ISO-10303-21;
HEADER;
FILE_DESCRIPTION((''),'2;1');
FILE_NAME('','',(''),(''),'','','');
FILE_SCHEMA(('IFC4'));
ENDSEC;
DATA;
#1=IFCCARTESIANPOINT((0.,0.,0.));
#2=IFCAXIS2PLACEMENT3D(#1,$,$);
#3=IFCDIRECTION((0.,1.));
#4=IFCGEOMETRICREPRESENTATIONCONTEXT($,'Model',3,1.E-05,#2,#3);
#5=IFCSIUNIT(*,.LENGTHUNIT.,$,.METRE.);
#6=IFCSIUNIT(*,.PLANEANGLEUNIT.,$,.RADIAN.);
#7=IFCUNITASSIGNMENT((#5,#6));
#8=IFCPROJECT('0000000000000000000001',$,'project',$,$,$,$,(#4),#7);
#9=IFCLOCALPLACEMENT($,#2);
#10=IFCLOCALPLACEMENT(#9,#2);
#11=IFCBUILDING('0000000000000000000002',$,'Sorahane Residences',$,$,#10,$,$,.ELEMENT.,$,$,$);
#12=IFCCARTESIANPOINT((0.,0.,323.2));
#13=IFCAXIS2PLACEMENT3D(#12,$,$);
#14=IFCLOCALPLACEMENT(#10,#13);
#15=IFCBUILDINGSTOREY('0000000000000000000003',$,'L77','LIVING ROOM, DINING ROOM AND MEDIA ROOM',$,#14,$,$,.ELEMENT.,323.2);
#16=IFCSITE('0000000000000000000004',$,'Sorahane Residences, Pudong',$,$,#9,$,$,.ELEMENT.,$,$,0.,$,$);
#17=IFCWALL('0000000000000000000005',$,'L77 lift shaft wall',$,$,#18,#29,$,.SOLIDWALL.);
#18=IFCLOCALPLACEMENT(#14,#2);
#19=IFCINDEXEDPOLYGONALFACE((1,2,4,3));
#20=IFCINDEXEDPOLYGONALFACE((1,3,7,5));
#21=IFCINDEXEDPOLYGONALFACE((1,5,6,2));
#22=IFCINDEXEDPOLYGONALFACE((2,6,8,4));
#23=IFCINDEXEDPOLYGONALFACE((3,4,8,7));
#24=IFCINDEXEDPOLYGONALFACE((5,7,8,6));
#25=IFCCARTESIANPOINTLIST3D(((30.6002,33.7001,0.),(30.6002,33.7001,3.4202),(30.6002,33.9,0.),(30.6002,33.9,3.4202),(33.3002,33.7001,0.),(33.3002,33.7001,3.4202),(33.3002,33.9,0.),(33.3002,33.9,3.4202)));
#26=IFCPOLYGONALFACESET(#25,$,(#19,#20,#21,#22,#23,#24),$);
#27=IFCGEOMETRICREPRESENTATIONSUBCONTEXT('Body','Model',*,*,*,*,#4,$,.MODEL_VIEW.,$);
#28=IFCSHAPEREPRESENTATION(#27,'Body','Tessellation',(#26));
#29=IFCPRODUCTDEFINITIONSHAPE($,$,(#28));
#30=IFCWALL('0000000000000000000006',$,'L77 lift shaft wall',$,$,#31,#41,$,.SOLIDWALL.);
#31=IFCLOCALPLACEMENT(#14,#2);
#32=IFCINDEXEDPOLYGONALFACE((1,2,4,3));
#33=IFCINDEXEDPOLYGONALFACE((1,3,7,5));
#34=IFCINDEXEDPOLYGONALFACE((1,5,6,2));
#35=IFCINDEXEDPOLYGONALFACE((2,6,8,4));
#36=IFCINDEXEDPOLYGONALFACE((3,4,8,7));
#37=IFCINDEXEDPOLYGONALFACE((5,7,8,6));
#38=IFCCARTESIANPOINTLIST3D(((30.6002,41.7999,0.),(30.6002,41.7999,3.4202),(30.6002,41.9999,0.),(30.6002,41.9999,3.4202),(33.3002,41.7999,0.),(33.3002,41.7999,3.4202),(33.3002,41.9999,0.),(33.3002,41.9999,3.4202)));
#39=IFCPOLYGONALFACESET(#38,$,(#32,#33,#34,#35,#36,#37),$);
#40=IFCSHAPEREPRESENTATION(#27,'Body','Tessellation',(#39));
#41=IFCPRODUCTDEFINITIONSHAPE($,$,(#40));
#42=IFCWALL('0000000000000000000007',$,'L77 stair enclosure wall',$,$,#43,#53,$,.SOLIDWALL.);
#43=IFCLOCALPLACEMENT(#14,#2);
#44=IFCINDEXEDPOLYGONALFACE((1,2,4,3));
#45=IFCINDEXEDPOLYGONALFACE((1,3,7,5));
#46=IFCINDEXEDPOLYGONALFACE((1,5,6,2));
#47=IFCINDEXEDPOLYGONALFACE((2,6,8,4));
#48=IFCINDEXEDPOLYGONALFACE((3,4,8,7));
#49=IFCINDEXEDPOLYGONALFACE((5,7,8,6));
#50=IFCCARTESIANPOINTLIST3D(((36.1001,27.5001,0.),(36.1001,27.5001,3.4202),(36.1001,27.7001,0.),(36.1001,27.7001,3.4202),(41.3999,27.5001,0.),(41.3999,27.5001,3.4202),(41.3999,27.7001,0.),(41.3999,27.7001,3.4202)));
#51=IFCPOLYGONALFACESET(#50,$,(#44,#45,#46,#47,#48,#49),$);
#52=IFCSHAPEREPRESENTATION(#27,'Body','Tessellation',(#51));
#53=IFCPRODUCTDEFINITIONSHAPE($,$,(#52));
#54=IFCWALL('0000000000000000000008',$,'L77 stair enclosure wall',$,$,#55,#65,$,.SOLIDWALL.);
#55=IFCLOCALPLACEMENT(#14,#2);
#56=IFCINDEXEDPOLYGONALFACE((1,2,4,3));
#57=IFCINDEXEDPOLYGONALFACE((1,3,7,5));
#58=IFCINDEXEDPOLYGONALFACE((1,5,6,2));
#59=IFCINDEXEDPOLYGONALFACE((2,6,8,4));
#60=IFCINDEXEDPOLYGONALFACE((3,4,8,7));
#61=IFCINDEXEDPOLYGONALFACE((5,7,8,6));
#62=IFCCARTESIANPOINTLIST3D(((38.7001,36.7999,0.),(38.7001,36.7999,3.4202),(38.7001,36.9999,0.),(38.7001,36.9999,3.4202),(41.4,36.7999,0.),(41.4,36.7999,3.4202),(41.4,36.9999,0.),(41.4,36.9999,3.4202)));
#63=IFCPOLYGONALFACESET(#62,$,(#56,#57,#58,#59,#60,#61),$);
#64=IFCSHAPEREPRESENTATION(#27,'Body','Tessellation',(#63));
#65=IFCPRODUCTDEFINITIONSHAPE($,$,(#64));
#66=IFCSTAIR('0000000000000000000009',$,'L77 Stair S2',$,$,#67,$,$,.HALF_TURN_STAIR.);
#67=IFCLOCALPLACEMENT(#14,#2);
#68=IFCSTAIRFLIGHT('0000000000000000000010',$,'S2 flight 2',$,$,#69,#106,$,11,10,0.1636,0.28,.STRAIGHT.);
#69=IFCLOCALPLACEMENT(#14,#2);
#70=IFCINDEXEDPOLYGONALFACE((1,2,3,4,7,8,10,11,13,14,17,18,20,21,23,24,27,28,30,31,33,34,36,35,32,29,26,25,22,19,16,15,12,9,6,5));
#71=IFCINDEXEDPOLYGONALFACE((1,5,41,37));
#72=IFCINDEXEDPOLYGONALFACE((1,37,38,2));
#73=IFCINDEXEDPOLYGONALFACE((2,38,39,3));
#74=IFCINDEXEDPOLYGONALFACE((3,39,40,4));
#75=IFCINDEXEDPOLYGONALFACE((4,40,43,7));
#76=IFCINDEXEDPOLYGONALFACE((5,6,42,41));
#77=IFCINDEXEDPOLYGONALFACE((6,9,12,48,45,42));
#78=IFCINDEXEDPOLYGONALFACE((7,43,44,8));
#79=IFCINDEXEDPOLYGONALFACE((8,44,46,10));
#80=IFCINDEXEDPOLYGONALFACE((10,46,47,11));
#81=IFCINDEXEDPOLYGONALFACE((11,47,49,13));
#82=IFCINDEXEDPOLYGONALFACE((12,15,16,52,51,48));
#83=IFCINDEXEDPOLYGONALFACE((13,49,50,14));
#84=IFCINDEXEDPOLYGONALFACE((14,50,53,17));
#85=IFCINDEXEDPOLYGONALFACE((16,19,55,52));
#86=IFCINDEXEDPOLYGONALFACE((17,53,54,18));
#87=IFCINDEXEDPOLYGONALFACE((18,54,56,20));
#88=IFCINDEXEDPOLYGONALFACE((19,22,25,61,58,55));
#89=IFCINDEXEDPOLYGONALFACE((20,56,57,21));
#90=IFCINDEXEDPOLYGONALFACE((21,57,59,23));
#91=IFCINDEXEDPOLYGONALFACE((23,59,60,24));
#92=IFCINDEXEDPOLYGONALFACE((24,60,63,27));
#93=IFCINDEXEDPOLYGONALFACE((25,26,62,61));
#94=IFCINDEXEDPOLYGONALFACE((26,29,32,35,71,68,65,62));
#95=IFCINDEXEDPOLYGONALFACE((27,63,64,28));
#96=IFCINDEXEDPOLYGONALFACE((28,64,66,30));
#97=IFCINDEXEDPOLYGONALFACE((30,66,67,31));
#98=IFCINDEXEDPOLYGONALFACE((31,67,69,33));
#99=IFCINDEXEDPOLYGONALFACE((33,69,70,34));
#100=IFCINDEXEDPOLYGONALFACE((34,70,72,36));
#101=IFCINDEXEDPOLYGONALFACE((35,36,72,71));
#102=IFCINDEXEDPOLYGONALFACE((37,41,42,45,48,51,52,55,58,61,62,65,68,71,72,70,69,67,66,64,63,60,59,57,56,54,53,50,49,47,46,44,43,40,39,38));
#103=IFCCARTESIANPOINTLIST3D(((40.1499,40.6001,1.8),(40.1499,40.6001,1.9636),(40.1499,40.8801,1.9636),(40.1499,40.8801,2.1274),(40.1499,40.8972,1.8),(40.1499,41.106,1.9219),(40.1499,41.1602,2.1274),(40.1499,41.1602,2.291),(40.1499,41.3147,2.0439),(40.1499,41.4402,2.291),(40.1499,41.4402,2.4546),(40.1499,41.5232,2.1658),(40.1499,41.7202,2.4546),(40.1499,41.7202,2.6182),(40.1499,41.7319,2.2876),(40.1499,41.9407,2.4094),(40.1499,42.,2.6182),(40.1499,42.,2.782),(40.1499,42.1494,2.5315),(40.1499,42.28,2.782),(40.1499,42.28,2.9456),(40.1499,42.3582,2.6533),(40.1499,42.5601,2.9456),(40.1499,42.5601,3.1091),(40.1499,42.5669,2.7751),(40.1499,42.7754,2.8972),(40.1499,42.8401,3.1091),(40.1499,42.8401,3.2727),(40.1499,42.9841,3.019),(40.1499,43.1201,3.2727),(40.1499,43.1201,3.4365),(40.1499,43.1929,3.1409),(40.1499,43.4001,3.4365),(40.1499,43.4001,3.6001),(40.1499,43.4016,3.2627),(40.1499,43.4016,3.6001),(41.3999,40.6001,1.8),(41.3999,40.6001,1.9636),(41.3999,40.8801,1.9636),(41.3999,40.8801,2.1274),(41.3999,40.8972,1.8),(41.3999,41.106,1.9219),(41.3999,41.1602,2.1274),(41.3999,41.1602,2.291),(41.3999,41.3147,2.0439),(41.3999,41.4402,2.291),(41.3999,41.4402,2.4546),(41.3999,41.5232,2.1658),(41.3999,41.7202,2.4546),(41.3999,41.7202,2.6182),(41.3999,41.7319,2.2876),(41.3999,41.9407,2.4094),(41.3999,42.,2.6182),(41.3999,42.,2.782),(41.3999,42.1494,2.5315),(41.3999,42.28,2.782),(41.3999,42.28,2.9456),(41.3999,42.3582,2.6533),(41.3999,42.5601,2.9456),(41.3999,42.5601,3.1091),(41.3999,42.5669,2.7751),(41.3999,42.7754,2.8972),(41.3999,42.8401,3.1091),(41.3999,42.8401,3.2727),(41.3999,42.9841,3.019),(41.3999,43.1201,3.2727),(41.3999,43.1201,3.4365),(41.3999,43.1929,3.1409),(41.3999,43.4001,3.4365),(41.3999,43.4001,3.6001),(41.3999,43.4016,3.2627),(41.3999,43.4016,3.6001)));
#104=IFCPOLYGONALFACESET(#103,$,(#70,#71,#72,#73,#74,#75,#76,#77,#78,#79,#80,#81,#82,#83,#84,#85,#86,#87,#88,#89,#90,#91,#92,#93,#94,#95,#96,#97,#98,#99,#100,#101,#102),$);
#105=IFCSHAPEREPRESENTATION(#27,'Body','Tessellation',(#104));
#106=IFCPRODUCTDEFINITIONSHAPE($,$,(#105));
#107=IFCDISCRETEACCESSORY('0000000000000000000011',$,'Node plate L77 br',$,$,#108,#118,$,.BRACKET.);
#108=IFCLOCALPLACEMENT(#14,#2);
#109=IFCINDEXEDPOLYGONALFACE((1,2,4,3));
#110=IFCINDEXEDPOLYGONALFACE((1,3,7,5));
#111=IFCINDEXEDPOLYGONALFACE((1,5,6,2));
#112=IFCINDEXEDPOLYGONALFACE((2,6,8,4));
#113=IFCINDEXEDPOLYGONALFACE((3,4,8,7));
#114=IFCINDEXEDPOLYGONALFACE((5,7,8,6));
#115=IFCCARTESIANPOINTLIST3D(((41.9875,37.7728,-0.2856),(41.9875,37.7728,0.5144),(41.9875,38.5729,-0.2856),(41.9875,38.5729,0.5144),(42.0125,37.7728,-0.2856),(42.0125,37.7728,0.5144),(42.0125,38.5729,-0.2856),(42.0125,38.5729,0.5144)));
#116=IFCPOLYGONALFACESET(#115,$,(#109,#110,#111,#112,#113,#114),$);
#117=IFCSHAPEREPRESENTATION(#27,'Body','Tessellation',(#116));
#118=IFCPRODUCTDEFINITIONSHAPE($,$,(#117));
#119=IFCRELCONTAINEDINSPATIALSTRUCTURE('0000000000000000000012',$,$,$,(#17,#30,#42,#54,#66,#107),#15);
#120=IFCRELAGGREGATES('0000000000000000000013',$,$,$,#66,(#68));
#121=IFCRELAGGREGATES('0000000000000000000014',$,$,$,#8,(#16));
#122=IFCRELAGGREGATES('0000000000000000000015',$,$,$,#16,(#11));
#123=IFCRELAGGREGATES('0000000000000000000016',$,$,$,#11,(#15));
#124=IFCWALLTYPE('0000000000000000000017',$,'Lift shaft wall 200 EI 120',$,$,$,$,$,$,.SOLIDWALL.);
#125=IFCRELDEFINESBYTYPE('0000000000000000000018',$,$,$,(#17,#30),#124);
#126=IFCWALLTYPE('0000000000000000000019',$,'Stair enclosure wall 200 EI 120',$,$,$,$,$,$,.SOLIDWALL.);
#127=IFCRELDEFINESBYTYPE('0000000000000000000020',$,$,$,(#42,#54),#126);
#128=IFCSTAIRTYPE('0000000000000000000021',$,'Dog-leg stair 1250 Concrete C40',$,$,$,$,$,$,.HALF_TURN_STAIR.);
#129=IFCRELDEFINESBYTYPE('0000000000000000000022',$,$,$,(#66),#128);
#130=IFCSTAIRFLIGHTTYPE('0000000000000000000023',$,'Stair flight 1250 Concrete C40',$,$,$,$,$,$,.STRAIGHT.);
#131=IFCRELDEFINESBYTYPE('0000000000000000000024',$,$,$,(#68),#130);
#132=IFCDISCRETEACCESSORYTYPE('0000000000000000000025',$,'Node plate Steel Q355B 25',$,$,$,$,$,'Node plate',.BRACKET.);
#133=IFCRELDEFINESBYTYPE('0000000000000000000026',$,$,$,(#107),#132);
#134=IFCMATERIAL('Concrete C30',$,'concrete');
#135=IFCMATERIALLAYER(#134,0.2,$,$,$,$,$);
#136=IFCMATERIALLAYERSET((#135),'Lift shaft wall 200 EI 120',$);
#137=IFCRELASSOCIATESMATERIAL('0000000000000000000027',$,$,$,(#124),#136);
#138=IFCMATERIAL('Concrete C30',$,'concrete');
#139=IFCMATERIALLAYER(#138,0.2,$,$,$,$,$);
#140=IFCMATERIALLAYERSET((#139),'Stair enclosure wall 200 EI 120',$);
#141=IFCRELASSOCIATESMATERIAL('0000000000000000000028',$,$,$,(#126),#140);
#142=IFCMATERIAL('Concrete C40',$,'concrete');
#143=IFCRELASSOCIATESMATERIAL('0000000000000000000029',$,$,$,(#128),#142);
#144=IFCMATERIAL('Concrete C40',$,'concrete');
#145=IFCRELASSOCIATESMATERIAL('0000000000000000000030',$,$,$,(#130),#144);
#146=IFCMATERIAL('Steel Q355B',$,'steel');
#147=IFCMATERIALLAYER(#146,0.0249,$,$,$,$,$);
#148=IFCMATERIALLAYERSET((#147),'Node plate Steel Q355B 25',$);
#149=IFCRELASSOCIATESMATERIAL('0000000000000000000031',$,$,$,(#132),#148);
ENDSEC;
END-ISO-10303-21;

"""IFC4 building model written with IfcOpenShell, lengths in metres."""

from ifc_helpers import new_model, si_unit, direction, frame, frame_2d, origin, origin_2d, place, context, subcontext, project, spatial, polyline, rectangle, outline, extrude, material, layer, layer_set, type_object, element, aggregate, save


model = new_model("IFC4")

# Units and contexts
model_context = context("Model", 3, precision=1e-05, world=origin(), true_north=direction((0.0, 1.0)))
body_context = subcontext(model_context, "Body", "Model", "MODEL_VIEW")
ifc_project = project(units=[si_unit("LENGTHUNIT", "METRE"), si_unit("PLANEANGLEUNIT", "RADIAN")], contexts=[model_context])

# Site, building, storey
site_placement = place(None, origin())
site = spatial("IfcSite", under=ifc_project, at=site_placement, Name="Sorahane Residences, Pudong", CompositionType="ELEMENT", RefElevation=0.0)
building_placement = place(site_placement, origin())
building = spatial("IfcBuilding", under=site, at=building_placement, Name="Sorahane Residences", CompositionType="ELEMENT")
storey_placement = place(building_placement, frame((0.0, 0.0, 323.2)))
storey = spatial("IfcBuildingStorey", under=building, at=storey_placement, Name="L77", Description="LIVING ROOM, DINING ROOM AND MEDIA ROOM", CompositionType="ELEMENT", Elevation=323.2)

# Walls
ifc_material_1 = material(Name="Concrete C30", Category="concrete")
ifc_layer_1 = layer(ifc_material_1, 0.2)
ifc_layer_set_1 = layer_set([ifc_layer_1], Name="Lift shaft wall 200 EI 120")
wall_type_1 = type_object("IfcWallType", Name="Lift shaft wall 200 EI 120", PredefinedType="SOLIDWALL", material=ifc_layer_set_1)
for number, where, z_axis, x_axis, name in (
    (1, (30.6001, 33.8, 0.0), (0.0, 0.0, 1.0), (1.0, 0.0, 0.0), "L77 lift shaft wall"),
    (2, (30.6001, 41.8999, 0.0), (0.0, 0.0, 1.0), (1.0, 0.0, 0.0), "L77 lift shaft wall"),
):
    element("IfcWall", number, at=place(storey_placement, frame(where, z_axis=z_axis, x_axis=x_axis)), inside=storey, type_object=wall_type_1, Name=name, PredefinedType="SOLIDWALL", context=body_context, shape_type="SweptSolid", body=[
        extrude(rectangle(XDim=2.7, YDim=0.2, at=frame_2d((1.3501, 0.0))), origin(), (0.0, 0.0, 1.0), 3.4202),
    ])
ifc_material_2 = material(Name="Concrete C30", Category="concrete")
ifc_layer_2 = layer(ifc_material_2, 0.2)
ifc_layer_set_2 = layer_set([ifc_layer_2], Name="Stair enclosure wall 200 EI 120")
wall_type_2 = type_object("IfcWallType", Name="Stair enclosure wall 200 EI 120", PredefinedType="SOLIDWALL", material=ifc_layer_set_2)
wall_1_placement = place(storey_placement, frame((36.1001, 27.6001, 0.0), z_axis=(0.0, 0.0, 1.0), x_axis=(1.0, 0.0, 0.0)))
element("IfcWall", 3, at=wall_1_placement, inside=storey, type_object=wall_type_2, Name="L77 stair enclosure wall", PredefinedType="SOLIDWALL", context=body_context, shape_type="SweptSolid", body=[
    extrude(rectangle(XDim=5.2998, YDim=0.2, at=frame_2d((2.6499, 0.0))), origin(), (0.0, 0.0, 1.0), 3.4202),
])
wall_2_placement = place(storey_placement, frame((38.7, 36.8999, 0.0), z_axis=(0.0, 0.0, 1.0), x_axis=(1.0, 0.0, 0.0)))
element("IfcWall", 4, at=wall_2_placement, inside=storey, type_object=wall_type_2, Name="L77 stair enclosure wall", PredefinedType="SOLIDWALL", context=body_context, shape_type="SweptSolid", body=[
    extrude(rectangle(XDim=2.7, YDim=0.2, at=frame_2d((1.3501, 0.0))), origin(), (0.0, 0.0, 1.0), 3.4202),
])

# Stair, stair flight
ifc_material_3 = material(Name="Concrete C40", Category="concrete")
stair_type = type_object("IfcStairType", Name="Dog-leg stair 1250 Concrete C40", PredefinedType="HALF_TURN_STAIR", material=ifc_material_3)
stair_placement = place(storey_placement, origin())
stair = element("IfcStair", 5, at=stair_placement, inside=storey, type_object=stair_type, Name="L77 Stair S2", PredefinedType="HALF_TURN_STAIR")
ifc_material_4 = material(Name="Concrete C40", Category="concrete")
stair_flight_type = type_object("IfcStairFlightType", Name="Stair flight 1250 Concrete C40", PredefinedType="STRAIGHT", material=ifc_material_4)
stair_flight_placement = place(storey_placement, frame((40.7749, 40.6001, 1.8), z_axis=(0.0, 0.0, 1.0), x_axis=(0.0, 1.0, 0.0)))
stair_flight = element("IfcStairFlight", 6, at=stair_flight_placement, type_object=stair_flight_type, Name="S2 flight 2", NumberOfRisers=11, NumberOfTreads=10, PredefinedType="STRAIGHT", RiserHeight=0.1636, TreadLength=0.28, context=body_context, shape_type="SweptSolid", body=[
    extrude(outline(polyline([(0.0, 0.0), (0.0, 0.1636), (0.28, 0.1636), (0.28, 0.3274), (0.5601, 0.3274), (0.5601, 0.491), (0.8401, 0.491), (0.8401, 0.6545), (1.1201, 0.6545), (1.1201, 0.8181), (1.3999, 0.8181), (1.3999, 0.9819), (1.6799, 0.9819), (1.6799, 1.1455), (1.96, 1.1455), (1.96, 1.3091), (2.24, 1.3091), (2.24, 1.4727), (2.52, 1.4727), (2.52, 1.6365), (2.8, 1.6365), (2.8, 1.8), (2.8015, 1.8), (2.8015, 1.4626), (2.5928, 1.3408), (2.384, 1.219), (2.1753, 1.0972), (1.9668, 0.9751), (1.7581, 0.8533), (1.5493, 0.7314), (1.3406, 0.6094), (1.1318, 0.4875), (0.9231, 0.3657), (0.7146, 0.2439), (0.5059, 0.1218), (0.2971, 0.0), (0.0, 0.0)])), frame((0.0, 0.625, 0.0), z_axis=(0.0, -1.0, 0.0), x_axis=(1.0, 0.0, 0.0)), (0.0, 0.0, 1.0), 1.25),
])
aggregate(stair, [stair_flight])

# Discrete accessory
ifc_material_5 = material(Name="Steel Q355B", Category="steel")
ifc_layer_3 = layer(ifc_material_5, 0.0249)
ifc_layer_set_3 = layer_set([ifc_layer_3], Name="Node plate Steel Q355B 25")
discrete_accessory_type = type_object("IfcDiscreteAccessoryType", Name="Node plate Steel Q355B 25", ElementType="Node plate", PredefinedType="BRACKET", material=ifc_layer_set_3)
discrete_accessory_placement = place(storey_placement, frame((42.0, 38.1729, -0.2856), z_axis=(0.0, 0.0, 1.0), x_axis=(0.0, 1.0, 0.0)))
element("IfcDiscreteAccessory", 7, at=discrete_accessory_placement, inside=storey, type_object=discrete_accessory_type, Name="Node plate L77 br", PredefinedType="BRACKET", context=body_context, shape_type="SweptSolid", body=[
    extrude(rectangle(XDim=0.8, YDim=0.0249, at=origin_2d()), origin(), (0.0, 0.0, 1.0), 0.8),
])

save(model, "model.ifc")
